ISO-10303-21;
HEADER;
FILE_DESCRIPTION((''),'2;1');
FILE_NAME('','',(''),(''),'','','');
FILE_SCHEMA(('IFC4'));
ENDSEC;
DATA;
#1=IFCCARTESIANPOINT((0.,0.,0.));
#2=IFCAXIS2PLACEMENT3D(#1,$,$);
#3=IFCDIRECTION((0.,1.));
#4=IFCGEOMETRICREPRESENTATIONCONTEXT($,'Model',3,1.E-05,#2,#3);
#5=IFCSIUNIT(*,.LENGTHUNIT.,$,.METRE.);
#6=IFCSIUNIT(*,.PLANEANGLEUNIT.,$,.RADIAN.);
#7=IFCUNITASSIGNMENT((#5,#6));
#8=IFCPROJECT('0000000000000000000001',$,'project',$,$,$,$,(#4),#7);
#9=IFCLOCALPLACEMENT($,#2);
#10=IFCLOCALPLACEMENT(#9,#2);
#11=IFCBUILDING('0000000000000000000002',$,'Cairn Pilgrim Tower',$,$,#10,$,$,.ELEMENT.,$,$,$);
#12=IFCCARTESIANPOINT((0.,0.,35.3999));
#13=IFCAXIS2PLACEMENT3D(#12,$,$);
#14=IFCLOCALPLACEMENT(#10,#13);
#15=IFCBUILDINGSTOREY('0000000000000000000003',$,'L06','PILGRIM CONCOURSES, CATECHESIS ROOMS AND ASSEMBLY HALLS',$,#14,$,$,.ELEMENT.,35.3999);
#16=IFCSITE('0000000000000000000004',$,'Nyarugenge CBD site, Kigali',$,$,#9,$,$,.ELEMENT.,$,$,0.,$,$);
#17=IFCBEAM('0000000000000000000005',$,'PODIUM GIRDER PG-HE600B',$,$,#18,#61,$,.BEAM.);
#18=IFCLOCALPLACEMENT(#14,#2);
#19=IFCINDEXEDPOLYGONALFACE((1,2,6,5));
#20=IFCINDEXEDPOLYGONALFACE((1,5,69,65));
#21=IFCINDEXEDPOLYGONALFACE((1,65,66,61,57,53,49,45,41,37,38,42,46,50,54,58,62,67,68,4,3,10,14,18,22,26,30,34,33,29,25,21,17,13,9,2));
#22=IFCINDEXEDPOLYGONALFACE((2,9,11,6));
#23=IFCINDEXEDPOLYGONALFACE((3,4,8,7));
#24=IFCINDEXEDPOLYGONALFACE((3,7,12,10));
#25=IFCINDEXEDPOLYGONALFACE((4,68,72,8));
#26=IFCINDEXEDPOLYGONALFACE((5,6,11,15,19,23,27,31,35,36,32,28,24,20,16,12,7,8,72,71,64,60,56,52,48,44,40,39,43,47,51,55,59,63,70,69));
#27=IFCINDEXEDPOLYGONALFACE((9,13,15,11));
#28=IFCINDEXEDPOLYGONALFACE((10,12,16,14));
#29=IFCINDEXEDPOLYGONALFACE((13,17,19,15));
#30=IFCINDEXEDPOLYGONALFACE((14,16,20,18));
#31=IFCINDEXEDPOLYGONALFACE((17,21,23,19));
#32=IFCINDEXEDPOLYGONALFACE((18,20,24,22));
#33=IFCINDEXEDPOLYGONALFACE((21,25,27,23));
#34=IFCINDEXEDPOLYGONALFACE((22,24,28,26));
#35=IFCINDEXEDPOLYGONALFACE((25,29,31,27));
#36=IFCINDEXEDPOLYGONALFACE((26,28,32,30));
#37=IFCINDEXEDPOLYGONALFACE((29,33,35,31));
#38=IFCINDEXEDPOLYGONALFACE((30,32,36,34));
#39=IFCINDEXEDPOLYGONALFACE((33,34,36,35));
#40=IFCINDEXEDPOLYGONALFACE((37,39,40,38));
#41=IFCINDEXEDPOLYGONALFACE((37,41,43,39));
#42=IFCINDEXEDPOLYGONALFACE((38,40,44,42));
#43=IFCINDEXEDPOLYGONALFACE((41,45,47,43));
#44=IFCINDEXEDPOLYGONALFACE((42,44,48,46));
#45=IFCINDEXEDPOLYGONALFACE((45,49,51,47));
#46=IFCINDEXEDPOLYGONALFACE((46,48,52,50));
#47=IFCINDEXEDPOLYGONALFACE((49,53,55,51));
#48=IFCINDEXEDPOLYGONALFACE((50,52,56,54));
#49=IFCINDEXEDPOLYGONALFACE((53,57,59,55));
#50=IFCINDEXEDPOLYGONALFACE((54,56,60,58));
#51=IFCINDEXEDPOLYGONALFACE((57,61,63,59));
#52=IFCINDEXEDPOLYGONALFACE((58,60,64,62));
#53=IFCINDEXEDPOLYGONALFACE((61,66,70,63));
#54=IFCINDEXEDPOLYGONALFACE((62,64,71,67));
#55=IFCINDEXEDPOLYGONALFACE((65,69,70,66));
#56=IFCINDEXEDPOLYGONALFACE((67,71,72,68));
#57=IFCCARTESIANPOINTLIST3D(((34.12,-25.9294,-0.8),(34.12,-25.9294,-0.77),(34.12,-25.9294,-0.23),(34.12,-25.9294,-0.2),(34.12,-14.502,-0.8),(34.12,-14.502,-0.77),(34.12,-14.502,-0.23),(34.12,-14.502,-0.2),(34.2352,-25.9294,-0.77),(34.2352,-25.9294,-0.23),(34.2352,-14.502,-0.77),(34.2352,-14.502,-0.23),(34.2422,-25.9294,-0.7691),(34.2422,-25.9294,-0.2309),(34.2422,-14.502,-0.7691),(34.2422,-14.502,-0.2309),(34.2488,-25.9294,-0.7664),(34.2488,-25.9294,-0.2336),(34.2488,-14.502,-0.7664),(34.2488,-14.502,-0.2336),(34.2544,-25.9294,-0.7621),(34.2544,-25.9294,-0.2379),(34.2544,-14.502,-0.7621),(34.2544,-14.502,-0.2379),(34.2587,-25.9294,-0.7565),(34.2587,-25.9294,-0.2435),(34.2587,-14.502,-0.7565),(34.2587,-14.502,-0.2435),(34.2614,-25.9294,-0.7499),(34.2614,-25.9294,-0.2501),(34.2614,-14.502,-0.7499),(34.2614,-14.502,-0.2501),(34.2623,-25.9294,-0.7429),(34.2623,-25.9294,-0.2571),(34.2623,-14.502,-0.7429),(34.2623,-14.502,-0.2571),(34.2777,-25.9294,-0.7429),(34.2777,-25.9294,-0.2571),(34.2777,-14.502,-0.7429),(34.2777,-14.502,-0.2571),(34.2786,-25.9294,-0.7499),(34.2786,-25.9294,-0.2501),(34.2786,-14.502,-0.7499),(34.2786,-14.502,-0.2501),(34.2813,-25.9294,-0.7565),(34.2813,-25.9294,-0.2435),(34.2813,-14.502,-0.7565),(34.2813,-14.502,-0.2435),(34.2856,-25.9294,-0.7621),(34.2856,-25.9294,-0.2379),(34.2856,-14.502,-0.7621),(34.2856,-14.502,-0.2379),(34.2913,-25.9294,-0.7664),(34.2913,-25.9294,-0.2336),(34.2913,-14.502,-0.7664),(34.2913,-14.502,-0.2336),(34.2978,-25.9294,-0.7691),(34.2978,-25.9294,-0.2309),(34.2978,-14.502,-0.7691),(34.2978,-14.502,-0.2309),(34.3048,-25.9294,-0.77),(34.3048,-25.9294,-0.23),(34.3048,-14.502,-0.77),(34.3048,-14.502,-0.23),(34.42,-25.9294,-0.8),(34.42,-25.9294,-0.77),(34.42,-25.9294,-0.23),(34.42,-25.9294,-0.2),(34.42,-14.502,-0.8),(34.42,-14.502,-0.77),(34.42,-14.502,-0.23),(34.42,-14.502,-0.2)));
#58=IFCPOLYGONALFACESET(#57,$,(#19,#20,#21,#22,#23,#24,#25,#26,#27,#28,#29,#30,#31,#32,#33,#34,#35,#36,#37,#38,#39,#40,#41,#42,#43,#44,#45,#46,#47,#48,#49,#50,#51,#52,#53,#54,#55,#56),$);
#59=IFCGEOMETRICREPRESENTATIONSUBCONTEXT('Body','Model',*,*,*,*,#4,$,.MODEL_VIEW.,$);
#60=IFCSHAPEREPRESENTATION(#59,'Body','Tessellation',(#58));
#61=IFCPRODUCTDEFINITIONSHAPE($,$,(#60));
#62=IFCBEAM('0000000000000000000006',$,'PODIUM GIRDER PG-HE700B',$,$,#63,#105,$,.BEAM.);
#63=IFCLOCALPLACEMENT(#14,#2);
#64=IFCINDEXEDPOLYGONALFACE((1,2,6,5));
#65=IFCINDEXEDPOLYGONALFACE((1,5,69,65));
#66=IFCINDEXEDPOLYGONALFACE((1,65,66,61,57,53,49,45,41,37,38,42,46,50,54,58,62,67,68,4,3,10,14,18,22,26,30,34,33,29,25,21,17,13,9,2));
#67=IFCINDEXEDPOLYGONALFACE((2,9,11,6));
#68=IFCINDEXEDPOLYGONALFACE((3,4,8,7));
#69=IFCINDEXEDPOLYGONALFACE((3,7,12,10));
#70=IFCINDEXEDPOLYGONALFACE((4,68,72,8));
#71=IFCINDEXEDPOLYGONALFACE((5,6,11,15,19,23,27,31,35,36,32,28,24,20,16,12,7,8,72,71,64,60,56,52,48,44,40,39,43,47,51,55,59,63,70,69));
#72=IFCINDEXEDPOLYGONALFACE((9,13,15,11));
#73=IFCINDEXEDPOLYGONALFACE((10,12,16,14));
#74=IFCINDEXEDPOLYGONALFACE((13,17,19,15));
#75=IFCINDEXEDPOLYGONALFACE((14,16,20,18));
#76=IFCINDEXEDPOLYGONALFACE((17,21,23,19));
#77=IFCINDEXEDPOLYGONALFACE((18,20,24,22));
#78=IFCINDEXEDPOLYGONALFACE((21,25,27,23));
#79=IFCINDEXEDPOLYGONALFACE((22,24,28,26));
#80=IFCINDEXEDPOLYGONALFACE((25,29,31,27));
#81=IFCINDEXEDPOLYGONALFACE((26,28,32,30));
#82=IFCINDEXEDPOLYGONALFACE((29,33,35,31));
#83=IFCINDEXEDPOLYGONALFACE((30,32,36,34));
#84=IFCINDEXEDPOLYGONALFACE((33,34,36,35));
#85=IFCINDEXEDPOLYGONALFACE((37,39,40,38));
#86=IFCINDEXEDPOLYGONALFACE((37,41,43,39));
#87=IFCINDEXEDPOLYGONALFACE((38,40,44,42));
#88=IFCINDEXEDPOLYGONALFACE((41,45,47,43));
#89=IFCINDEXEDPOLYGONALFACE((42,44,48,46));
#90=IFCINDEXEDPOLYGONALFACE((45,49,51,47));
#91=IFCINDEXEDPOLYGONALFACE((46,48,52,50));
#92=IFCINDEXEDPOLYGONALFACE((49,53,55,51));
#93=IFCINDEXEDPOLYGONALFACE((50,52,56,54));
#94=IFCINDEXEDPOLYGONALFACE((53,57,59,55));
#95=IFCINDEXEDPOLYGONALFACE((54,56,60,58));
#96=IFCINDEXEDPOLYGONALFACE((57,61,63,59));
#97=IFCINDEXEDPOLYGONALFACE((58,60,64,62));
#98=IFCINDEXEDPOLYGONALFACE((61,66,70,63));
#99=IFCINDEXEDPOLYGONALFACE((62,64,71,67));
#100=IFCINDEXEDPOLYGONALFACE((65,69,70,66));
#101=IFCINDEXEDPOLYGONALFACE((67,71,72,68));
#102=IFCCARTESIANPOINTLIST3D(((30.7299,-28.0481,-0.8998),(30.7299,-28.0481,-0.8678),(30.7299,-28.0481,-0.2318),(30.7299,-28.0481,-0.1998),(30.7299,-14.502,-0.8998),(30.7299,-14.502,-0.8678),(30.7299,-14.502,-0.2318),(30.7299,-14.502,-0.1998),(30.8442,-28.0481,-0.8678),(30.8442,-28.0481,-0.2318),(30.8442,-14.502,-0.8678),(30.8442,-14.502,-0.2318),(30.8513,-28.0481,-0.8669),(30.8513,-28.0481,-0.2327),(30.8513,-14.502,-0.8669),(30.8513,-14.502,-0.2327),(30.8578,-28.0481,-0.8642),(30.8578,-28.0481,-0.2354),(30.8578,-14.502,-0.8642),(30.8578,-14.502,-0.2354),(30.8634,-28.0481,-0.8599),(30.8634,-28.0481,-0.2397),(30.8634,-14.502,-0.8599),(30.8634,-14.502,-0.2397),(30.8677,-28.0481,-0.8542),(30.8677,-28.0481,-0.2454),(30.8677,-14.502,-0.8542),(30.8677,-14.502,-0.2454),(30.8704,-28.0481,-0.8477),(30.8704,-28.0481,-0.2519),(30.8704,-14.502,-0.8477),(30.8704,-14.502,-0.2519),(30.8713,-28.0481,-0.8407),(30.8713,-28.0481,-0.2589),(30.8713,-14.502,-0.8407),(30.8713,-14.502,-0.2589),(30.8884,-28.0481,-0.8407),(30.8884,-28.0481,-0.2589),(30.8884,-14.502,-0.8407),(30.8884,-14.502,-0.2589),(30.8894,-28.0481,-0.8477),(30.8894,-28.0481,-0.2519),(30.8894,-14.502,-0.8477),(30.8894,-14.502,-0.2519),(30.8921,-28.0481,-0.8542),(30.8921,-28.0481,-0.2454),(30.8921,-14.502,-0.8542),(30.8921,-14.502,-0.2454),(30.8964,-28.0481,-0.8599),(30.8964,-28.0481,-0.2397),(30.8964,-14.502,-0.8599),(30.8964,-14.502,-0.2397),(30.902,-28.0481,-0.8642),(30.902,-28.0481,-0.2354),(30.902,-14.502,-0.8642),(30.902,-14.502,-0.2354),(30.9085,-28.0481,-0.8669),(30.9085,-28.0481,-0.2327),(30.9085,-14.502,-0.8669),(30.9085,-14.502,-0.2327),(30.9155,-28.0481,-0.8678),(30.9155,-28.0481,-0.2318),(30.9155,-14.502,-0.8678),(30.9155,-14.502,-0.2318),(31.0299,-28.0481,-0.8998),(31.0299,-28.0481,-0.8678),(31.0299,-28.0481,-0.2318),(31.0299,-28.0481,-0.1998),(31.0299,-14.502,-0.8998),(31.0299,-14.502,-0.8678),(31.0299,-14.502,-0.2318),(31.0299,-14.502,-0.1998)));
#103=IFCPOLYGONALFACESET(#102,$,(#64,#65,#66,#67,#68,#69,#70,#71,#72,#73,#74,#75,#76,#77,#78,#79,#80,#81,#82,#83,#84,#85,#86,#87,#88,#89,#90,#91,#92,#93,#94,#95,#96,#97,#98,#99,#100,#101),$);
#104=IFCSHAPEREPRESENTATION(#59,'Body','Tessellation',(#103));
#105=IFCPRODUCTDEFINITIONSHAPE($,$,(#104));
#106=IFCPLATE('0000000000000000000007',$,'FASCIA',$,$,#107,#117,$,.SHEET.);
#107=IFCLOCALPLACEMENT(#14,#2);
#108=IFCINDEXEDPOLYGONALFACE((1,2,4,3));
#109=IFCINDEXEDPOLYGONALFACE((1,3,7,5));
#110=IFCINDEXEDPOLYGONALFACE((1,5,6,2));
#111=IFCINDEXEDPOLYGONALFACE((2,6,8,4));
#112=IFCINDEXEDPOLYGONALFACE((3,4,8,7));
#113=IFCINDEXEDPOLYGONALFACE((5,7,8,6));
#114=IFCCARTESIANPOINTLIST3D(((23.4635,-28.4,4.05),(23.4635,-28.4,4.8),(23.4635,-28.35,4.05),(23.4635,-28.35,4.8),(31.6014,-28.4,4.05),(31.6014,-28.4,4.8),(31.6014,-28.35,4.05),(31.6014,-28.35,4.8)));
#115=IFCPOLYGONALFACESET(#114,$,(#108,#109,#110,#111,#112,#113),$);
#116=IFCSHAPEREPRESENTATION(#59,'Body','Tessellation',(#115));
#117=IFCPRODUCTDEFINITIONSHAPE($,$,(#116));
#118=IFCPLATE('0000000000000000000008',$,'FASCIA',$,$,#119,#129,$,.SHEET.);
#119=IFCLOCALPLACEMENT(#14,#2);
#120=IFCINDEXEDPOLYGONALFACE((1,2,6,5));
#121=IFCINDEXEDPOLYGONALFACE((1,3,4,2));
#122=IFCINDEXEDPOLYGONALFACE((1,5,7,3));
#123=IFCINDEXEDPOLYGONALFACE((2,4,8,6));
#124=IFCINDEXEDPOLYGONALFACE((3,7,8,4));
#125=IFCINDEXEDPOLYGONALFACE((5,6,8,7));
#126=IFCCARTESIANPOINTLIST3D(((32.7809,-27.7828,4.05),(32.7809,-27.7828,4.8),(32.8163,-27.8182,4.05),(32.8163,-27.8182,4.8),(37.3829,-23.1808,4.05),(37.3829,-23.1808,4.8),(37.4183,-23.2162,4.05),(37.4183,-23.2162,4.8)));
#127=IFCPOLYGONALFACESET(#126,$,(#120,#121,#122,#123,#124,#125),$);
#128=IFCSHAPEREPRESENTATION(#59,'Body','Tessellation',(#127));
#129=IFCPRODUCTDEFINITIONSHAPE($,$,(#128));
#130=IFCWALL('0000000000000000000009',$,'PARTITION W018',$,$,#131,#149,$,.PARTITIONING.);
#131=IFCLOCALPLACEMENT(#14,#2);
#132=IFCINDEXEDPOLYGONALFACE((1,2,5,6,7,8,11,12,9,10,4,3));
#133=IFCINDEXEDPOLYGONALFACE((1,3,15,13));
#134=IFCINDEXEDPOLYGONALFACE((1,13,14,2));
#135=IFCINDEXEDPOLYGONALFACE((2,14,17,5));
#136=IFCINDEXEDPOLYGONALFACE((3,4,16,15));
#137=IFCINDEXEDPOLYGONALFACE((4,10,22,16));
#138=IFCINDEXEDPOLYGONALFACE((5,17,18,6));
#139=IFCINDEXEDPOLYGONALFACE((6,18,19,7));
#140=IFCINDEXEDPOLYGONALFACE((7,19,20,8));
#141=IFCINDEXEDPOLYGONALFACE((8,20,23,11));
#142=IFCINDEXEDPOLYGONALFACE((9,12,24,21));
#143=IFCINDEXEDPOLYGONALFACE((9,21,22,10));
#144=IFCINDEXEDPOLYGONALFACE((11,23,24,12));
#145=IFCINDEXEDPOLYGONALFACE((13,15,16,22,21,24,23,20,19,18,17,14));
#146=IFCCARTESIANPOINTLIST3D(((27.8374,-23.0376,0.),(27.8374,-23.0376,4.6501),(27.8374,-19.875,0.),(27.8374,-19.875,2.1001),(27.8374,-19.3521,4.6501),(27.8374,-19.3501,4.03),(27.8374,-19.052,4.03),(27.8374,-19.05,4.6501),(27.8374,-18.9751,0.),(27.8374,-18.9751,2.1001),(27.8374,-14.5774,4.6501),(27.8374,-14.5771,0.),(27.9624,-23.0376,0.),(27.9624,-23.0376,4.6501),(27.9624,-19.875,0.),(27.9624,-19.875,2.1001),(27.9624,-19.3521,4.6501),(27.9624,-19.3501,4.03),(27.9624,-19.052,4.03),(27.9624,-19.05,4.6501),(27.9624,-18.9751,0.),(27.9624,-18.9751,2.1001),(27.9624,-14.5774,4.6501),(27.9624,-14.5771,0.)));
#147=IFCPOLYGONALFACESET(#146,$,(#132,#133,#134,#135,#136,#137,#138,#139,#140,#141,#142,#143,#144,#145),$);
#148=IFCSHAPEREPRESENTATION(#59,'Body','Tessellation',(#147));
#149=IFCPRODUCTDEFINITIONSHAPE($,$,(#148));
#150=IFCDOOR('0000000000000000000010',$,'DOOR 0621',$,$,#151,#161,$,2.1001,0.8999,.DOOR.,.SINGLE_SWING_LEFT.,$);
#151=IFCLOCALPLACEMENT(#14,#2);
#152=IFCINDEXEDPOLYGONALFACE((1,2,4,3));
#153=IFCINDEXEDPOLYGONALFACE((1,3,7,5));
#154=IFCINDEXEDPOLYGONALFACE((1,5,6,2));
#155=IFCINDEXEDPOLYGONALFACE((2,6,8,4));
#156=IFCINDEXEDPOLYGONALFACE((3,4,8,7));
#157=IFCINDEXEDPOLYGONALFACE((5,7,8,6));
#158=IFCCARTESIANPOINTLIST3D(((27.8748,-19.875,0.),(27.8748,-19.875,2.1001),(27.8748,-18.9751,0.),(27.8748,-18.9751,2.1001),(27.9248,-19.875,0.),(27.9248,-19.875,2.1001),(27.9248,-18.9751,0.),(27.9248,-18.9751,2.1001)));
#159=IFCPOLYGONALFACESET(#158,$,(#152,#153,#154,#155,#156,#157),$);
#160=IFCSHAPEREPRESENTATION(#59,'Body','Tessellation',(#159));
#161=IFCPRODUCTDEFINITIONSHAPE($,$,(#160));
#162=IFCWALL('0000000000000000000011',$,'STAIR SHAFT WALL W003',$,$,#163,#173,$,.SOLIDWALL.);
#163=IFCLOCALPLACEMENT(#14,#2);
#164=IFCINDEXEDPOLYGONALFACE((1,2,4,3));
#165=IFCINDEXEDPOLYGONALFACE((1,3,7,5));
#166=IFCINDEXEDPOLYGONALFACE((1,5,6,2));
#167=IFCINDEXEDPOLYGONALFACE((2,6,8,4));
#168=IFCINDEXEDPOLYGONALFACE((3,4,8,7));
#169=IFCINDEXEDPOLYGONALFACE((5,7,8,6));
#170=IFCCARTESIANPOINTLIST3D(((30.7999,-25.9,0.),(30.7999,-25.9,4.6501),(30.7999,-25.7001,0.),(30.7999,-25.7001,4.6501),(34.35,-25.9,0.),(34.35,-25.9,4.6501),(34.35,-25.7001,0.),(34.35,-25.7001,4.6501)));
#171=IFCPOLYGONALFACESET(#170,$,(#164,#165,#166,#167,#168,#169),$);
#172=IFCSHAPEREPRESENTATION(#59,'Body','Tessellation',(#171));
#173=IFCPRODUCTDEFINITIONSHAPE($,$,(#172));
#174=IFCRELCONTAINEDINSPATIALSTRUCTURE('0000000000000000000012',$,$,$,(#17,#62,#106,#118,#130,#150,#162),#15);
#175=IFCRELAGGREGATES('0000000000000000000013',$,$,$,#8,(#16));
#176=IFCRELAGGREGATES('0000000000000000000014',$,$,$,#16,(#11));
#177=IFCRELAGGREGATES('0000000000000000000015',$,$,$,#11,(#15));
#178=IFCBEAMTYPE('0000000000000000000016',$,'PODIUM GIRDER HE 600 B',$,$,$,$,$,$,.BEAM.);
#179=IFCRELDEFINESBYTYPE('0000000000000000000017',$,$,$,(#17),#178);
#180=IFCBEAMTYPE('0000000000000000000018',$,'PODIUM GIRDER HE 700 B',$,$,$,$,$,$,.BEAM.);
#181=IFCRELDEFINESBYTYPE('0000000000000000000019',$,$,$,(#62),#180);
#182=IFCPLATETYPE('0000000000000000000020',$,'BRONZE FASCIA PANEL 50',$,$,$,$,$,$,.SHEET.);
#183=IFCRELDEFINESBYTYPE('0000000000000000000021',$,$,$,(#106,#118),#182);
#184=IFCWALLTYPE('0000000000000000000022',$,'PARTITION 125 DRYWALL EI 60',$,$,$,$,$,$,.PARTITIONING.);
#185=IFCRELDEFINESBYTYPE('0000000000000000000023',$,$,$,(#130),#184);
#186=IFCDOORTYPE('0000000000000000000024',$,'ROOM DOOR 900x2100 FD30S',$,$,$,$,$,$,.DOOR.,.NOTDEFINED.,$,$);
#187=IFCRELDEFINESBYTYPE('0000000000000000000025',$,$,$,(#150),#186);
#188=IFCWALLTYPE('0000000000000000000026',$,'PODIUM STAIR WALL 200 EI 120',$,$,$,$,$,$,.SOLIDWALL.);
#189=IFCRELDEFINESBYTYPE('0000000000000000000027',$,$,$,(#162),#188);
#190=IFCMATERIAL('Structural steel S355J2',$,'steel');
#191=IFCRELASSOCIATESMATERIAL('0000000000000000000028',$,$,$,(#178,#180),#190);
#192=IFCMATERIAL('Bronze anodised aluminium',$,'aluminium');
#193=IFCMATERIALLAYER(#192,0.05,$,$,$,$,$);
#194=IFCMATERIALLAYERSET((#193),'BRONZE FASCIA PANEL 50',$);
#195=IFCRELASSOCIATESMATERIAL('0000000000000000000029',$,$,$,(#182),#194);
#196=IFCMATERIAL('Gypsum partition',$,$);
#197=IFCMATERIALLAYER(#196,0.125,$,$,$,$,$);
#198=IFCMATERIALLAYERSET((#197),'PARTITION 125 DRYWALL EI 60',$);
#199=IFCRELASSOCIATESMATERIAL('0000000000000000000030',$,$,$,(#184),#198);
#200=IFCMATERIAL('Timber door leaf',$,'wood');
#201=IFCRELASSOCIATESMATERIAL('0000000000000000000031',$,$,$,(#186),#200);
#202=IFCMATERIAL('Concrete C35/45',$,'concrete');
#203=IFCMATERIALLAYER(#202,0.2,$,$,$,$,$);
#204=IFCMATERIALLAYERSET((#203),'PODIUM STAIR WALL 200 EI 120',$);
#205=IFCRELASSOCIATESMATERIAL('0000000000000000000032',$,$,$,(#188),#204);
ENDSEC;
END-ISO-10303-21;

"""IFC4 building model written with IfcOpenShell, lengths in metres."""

from ifc_helpers import new_model, si_unit, direction, frame, frame_2d, origin, origin_2d, place, context, subcontext, project, spatial, polyline, rectangle, i_section, outline, extrude, material, layer, layer_set, material_profile, profile_set, type_object, element, fill, save


model = new_model("IFC4")

# Units and contexts
model_context = context("Model", 3, precision=1e-05, world=origin(), true_north=direction((0.0, 1.0)))
body_context = subcontext(model_context, "Body", "Model", "MODEL_VIEW")
ifc_project = project(units=[si_unit("LENGTHUNIT", "METRE"), si_unit("PLANEANGLEUNIT", "RADIAN")], contexts=[model_context])

# Site, building, storey
site_placement = place(None, origin())
site = spatial("IfcSite", under=ifc_project, at=site_placement, Name="Nyarugenge CBD site, Kigali", CompositionType="ELEMENT", RefElevation=0.0)
building_placement = place(site_placement, origin())
building = spatial("IfcBuilding", under=site, at=building_placement, Name="Cairn Pilgrim Tower", CompositionType="ELEMENT")
storey_placement = place(building_placement, frame((0.0, 0.0, 35.3999)))
storey = spatial("IfcBuildingStorey", under=building, at=storey_placement, Name="L06", Description="PILGRIM CONCOURSES, CATECHESIS ROOMS AND ASSEMBLY HALLS", CompositionType="ELEMENT", Elevation=35.3999)

# Beams
ifc_material_1 = material(Name="Structural steel S355J2", Category="steel")
ifc_material_profile_1 = material_profile(ifc_material_1, i_section(OverallWidth=0.3, OverallDepth=0.6001, WebThickness=0.0154, FlangeThickness=0.03, FilletRadius=0.0271, at=origin_2d()), Name="HEB 600")
ifc_profile_set_1 = profile_set([ifc_material_profile_1], Name="Structural steel S355J2")
beam_type_1 = type_object("IfcBeamType", Name="PODIUM GIRDER HE 600 B", PredefinedType="BEAM", material=ifc_profile_set_1)
beam_1_placement = place(storey_placement, frame((34.27, -25.9294, -0.5), z_axis=(0.0, 1.0, 0.0), x_axis=(-1.0, 0.0, 0.0)))
element("IfcBeam", 1, at=beam_1_placement, inside=storey, type_object=beam_type_1, Name="PODIUM GIRDER PG-HE600B", PredefinedType="BEAM", context=body_context, shape_type="SweptSolid", body=[
    extrude(i_section(OverallWidth=0.3, OverallDepth=0.6001, WebThickness=0.0154, FlangeThickness=0.03, FilletRadius=0.0271, at=origin_2d()), origin(), (0.0, 0.0, 1.0), 11.4275),
])
ifc_material_profile_2 = material_profile(ifc_material_1, i_section(OverallWidth=0.3, OverallDepth=0.7, WebThickness=0.0171, FlangeThickness=0.032, FilletRadius=0.0271, at=origin_2d()), Name="HEB 700")
ifc_profile_set_2 = profile_set([ifc_material_profile_2], Name="Structural steel S355J2")
beam_type_2 = type_object("IfcBeamType", Name="PODIUM GIRDER HE 700 B", PredefinedType="BEAM", material=ifc_profile_set_2)
beam_2_placement = place(storey_placement, frame((30.8799, -28.0481, -0.5498), z_axis=(0.0, 1.0, 0.0), x_axis=(-1.0, 0.0, 0.0)))
element("IfcBeam", 2, at=beam_2_placement, inside=storey, type_object=beam_type_2, Name="PODIUM GIRDER PG-HE700B", PredefinedType="BEAM", context=body_context, shape_type="SweptSolid", body=[
    extrude(i_section(OverallWidth=0.3, OverallDepth=0.7, WebThickness=0.0171, FlangeThickness=0.032, FilletRadius=0.0271, at=origin_2d()), origin(), (0.0, 0.0, 1.0), 13.5461),
])

# Plates
ifc_material_2 = material(Name="Bronze anodised aluminium", Category="aluminium")
ifc_layer_1 = layer(ifc_material_2, 0.05)
ifc_layer_set_1 = layer_set([ifc_layer_1], Name="BRONZE FASCIA PANEL 50")
plate_type = type_object("IfcPlateType", Name="BRONZE FASCIA PANEL 50", PredefinedType="SHEET", material=ifc_layer_set_1)
plate_1_placement = place(storey_placement, frame((27.5325, -28.375, 4.05), z_axis=(0.0, 0.0, 1.0), x_axis=(1.0, 0.0, 0.0)))
element("IfcPlate", 3, at=plate_1_placement, inside=storey, type_object=plate_type, Name="FASCIA", PredefinedType="SHEET", context=body_context, shape_type="SweptSolid", body=[
    extrude(rectangle(XDim=8.1379, YDim=0.05, at=origin_2d()), origin(), (0.0, 0.0, 1.0), 0.75),
])
plate_2_placement = place(storey_placement, frame((35.0996, -25.4995, 4.05), z_axis=(0.0, 0.0, 1.0), x_axis=(0.707107, 0.707107, 0.0)))
element("IfcPlate", 4, at=plate_2_placement, inside=storey, type_object=plate_type, Name="FASCIA", PredefinedType="SHEET", context=body_context, shape_type="SweptSolid", body=[
    extrude(rectangle(XDim=6.5083, YDim=0.05, at=origin_2d()), origin(), (0.0, 0.0, 1.0), 0.75),
])

# Wall, opening, door
ifc_material_3 = material(Name="Gypsum partition")
ifc_layer_2 = layer(ifc_material_3, 0.125)
ifc_layer_set_2 = layer_set([ifc_layer_2], Name="PARTITION 125 DRYWALL EI 60")
wall_type_1 = type_object("IfcWallType", Name="PARTITION 125 DRYWALL EI 60", PredefinedType="PARTITIONING", material=ifc_layer_set_2)
wall_1_placement = place(storey_placement, frame((27.8999, -23.0376, 0.0), z_axis=(0.0, 0.0, 1.0), x_axis=(0.0, 1.0, 0.0)))
wall_1 = element("IfcWall", 5, at=wall_1_placement, inside=storey, type_object=wall_type_1, Name="PARTITION W018", PredefinedType="PARTITIONING", context=body_context, shape_type="SweptSolid", body=[
    extrude(outline(polyline([(0.0, 0.0), (8.4604, 0.0), (8.4602, 4.6501), (3.9875, 4.6501), (3.9856, 4.03), (3.6875, 4.03), (3.6855, 4.6501), (0.0, 4.6501), (0.0, 0.0)])), frame((0.0, 0.0625, 0.0), z_axis=(0.0, -1.0, 0.0), x_axis=(1.0, 0.0, 0.0)), (0.0, 0.0, 1.0), 0.125),
])
opening_1_placement = place(wall_1_placement, frame((3.1626, 0.0, 0.0)))
opening_1 = element("IfcOpeningElement", 6, at=opening_1_placement, cuts=wall_1, PredefinedType="OPENING", context=body_context, shape_type="SweptSolid", body=[
    extrude(rectangle(XDim=0.8999, YDim=2.1001, at=frame_2d((0.45, 1.05))), frame((0.0, 0.0725, 0.0), z_axis=(0.0, -1.0, 0.0), x_axis=(1.0, 0.0, 0.0)), (0.0, 0.0, 1.0), 0.145),
])
ifc_material_4 = material(Name="Timber door leaf", Category="wood")
door_type_1 = type_object("IfcDoorType", Name="ROOM DOOR 900x2100 FD30S", OperationType="NOTDEFINED", PredefinedType="DOOR", material=ifc_material_4)
door_1_placement = place(opening_1_placement, frame((0.8999, 0.0, 0.0), z_axis=(0.0, 0.0, 1.0), x_axis=(-1.0, 0.0, 0.0)))
door_1 = element("IfcDoor", 7, at=door_1_placement, inside=storey, type_object=door_type_1, Name="DOOR 0621", OperationType="SINGLE_SWING_LEFT", OverallHeight=2.1001, OverallWidth=0.8999, PredefinedType="DOOR", context=body_context, shape_type="SweptSolid", body=[
    extrude(rectangle(XDim=0.8999, YDim=2.1001, at=frame_2d((0.45, 1.05))), frame((0.0, 0.0249, 0.0), z_axis=(0.0, -1.0, 0.0), x_axis=(1.0, 0.0, 0.0)), (0.0, 0.0, 1.0), 0.05),
])
fill(opening_1, door_1)

# Wall
ifc_material_5 = material(Name="Concrete C35/45", Category="concrete")
ifc_layer_3 = layer(ifc_material_5, 0.2)
ifc_layer_set_3 = layer_set([ifc_layer_3], Name="PODIUM STAIR WALL 200 EI 120")
wall_type_2 = type_object("IfcWallType", Name="PODIUM STAIR WALL 200 EI 120", PredefinedType="SOLIDWALL", material=ifc_layer_set_3)
wall_2_placement = place(storey_placement, frame((30.8, -25.8, 0.0), z_axis=(0.0, 0.0, 1.0), x_axis=(1.0, 0.0, 0.0)))
element("IfcWall", 8, at=wall_2_placement, inside=storey, type_object=wall_type_2, Name="STAIR SHAFT WALL W003", PredefinedType="SOLIDWALL", context=body_context, shape_type="SweptSolid", body=[
    extrude(rectangle(XDim=3.55, YDim=0.2, at=frame_2d((1.7749, 0.0))), origin(), (0.0, 0.0, 1.0), 4.6501),
])

save(model, "model.ifc")
